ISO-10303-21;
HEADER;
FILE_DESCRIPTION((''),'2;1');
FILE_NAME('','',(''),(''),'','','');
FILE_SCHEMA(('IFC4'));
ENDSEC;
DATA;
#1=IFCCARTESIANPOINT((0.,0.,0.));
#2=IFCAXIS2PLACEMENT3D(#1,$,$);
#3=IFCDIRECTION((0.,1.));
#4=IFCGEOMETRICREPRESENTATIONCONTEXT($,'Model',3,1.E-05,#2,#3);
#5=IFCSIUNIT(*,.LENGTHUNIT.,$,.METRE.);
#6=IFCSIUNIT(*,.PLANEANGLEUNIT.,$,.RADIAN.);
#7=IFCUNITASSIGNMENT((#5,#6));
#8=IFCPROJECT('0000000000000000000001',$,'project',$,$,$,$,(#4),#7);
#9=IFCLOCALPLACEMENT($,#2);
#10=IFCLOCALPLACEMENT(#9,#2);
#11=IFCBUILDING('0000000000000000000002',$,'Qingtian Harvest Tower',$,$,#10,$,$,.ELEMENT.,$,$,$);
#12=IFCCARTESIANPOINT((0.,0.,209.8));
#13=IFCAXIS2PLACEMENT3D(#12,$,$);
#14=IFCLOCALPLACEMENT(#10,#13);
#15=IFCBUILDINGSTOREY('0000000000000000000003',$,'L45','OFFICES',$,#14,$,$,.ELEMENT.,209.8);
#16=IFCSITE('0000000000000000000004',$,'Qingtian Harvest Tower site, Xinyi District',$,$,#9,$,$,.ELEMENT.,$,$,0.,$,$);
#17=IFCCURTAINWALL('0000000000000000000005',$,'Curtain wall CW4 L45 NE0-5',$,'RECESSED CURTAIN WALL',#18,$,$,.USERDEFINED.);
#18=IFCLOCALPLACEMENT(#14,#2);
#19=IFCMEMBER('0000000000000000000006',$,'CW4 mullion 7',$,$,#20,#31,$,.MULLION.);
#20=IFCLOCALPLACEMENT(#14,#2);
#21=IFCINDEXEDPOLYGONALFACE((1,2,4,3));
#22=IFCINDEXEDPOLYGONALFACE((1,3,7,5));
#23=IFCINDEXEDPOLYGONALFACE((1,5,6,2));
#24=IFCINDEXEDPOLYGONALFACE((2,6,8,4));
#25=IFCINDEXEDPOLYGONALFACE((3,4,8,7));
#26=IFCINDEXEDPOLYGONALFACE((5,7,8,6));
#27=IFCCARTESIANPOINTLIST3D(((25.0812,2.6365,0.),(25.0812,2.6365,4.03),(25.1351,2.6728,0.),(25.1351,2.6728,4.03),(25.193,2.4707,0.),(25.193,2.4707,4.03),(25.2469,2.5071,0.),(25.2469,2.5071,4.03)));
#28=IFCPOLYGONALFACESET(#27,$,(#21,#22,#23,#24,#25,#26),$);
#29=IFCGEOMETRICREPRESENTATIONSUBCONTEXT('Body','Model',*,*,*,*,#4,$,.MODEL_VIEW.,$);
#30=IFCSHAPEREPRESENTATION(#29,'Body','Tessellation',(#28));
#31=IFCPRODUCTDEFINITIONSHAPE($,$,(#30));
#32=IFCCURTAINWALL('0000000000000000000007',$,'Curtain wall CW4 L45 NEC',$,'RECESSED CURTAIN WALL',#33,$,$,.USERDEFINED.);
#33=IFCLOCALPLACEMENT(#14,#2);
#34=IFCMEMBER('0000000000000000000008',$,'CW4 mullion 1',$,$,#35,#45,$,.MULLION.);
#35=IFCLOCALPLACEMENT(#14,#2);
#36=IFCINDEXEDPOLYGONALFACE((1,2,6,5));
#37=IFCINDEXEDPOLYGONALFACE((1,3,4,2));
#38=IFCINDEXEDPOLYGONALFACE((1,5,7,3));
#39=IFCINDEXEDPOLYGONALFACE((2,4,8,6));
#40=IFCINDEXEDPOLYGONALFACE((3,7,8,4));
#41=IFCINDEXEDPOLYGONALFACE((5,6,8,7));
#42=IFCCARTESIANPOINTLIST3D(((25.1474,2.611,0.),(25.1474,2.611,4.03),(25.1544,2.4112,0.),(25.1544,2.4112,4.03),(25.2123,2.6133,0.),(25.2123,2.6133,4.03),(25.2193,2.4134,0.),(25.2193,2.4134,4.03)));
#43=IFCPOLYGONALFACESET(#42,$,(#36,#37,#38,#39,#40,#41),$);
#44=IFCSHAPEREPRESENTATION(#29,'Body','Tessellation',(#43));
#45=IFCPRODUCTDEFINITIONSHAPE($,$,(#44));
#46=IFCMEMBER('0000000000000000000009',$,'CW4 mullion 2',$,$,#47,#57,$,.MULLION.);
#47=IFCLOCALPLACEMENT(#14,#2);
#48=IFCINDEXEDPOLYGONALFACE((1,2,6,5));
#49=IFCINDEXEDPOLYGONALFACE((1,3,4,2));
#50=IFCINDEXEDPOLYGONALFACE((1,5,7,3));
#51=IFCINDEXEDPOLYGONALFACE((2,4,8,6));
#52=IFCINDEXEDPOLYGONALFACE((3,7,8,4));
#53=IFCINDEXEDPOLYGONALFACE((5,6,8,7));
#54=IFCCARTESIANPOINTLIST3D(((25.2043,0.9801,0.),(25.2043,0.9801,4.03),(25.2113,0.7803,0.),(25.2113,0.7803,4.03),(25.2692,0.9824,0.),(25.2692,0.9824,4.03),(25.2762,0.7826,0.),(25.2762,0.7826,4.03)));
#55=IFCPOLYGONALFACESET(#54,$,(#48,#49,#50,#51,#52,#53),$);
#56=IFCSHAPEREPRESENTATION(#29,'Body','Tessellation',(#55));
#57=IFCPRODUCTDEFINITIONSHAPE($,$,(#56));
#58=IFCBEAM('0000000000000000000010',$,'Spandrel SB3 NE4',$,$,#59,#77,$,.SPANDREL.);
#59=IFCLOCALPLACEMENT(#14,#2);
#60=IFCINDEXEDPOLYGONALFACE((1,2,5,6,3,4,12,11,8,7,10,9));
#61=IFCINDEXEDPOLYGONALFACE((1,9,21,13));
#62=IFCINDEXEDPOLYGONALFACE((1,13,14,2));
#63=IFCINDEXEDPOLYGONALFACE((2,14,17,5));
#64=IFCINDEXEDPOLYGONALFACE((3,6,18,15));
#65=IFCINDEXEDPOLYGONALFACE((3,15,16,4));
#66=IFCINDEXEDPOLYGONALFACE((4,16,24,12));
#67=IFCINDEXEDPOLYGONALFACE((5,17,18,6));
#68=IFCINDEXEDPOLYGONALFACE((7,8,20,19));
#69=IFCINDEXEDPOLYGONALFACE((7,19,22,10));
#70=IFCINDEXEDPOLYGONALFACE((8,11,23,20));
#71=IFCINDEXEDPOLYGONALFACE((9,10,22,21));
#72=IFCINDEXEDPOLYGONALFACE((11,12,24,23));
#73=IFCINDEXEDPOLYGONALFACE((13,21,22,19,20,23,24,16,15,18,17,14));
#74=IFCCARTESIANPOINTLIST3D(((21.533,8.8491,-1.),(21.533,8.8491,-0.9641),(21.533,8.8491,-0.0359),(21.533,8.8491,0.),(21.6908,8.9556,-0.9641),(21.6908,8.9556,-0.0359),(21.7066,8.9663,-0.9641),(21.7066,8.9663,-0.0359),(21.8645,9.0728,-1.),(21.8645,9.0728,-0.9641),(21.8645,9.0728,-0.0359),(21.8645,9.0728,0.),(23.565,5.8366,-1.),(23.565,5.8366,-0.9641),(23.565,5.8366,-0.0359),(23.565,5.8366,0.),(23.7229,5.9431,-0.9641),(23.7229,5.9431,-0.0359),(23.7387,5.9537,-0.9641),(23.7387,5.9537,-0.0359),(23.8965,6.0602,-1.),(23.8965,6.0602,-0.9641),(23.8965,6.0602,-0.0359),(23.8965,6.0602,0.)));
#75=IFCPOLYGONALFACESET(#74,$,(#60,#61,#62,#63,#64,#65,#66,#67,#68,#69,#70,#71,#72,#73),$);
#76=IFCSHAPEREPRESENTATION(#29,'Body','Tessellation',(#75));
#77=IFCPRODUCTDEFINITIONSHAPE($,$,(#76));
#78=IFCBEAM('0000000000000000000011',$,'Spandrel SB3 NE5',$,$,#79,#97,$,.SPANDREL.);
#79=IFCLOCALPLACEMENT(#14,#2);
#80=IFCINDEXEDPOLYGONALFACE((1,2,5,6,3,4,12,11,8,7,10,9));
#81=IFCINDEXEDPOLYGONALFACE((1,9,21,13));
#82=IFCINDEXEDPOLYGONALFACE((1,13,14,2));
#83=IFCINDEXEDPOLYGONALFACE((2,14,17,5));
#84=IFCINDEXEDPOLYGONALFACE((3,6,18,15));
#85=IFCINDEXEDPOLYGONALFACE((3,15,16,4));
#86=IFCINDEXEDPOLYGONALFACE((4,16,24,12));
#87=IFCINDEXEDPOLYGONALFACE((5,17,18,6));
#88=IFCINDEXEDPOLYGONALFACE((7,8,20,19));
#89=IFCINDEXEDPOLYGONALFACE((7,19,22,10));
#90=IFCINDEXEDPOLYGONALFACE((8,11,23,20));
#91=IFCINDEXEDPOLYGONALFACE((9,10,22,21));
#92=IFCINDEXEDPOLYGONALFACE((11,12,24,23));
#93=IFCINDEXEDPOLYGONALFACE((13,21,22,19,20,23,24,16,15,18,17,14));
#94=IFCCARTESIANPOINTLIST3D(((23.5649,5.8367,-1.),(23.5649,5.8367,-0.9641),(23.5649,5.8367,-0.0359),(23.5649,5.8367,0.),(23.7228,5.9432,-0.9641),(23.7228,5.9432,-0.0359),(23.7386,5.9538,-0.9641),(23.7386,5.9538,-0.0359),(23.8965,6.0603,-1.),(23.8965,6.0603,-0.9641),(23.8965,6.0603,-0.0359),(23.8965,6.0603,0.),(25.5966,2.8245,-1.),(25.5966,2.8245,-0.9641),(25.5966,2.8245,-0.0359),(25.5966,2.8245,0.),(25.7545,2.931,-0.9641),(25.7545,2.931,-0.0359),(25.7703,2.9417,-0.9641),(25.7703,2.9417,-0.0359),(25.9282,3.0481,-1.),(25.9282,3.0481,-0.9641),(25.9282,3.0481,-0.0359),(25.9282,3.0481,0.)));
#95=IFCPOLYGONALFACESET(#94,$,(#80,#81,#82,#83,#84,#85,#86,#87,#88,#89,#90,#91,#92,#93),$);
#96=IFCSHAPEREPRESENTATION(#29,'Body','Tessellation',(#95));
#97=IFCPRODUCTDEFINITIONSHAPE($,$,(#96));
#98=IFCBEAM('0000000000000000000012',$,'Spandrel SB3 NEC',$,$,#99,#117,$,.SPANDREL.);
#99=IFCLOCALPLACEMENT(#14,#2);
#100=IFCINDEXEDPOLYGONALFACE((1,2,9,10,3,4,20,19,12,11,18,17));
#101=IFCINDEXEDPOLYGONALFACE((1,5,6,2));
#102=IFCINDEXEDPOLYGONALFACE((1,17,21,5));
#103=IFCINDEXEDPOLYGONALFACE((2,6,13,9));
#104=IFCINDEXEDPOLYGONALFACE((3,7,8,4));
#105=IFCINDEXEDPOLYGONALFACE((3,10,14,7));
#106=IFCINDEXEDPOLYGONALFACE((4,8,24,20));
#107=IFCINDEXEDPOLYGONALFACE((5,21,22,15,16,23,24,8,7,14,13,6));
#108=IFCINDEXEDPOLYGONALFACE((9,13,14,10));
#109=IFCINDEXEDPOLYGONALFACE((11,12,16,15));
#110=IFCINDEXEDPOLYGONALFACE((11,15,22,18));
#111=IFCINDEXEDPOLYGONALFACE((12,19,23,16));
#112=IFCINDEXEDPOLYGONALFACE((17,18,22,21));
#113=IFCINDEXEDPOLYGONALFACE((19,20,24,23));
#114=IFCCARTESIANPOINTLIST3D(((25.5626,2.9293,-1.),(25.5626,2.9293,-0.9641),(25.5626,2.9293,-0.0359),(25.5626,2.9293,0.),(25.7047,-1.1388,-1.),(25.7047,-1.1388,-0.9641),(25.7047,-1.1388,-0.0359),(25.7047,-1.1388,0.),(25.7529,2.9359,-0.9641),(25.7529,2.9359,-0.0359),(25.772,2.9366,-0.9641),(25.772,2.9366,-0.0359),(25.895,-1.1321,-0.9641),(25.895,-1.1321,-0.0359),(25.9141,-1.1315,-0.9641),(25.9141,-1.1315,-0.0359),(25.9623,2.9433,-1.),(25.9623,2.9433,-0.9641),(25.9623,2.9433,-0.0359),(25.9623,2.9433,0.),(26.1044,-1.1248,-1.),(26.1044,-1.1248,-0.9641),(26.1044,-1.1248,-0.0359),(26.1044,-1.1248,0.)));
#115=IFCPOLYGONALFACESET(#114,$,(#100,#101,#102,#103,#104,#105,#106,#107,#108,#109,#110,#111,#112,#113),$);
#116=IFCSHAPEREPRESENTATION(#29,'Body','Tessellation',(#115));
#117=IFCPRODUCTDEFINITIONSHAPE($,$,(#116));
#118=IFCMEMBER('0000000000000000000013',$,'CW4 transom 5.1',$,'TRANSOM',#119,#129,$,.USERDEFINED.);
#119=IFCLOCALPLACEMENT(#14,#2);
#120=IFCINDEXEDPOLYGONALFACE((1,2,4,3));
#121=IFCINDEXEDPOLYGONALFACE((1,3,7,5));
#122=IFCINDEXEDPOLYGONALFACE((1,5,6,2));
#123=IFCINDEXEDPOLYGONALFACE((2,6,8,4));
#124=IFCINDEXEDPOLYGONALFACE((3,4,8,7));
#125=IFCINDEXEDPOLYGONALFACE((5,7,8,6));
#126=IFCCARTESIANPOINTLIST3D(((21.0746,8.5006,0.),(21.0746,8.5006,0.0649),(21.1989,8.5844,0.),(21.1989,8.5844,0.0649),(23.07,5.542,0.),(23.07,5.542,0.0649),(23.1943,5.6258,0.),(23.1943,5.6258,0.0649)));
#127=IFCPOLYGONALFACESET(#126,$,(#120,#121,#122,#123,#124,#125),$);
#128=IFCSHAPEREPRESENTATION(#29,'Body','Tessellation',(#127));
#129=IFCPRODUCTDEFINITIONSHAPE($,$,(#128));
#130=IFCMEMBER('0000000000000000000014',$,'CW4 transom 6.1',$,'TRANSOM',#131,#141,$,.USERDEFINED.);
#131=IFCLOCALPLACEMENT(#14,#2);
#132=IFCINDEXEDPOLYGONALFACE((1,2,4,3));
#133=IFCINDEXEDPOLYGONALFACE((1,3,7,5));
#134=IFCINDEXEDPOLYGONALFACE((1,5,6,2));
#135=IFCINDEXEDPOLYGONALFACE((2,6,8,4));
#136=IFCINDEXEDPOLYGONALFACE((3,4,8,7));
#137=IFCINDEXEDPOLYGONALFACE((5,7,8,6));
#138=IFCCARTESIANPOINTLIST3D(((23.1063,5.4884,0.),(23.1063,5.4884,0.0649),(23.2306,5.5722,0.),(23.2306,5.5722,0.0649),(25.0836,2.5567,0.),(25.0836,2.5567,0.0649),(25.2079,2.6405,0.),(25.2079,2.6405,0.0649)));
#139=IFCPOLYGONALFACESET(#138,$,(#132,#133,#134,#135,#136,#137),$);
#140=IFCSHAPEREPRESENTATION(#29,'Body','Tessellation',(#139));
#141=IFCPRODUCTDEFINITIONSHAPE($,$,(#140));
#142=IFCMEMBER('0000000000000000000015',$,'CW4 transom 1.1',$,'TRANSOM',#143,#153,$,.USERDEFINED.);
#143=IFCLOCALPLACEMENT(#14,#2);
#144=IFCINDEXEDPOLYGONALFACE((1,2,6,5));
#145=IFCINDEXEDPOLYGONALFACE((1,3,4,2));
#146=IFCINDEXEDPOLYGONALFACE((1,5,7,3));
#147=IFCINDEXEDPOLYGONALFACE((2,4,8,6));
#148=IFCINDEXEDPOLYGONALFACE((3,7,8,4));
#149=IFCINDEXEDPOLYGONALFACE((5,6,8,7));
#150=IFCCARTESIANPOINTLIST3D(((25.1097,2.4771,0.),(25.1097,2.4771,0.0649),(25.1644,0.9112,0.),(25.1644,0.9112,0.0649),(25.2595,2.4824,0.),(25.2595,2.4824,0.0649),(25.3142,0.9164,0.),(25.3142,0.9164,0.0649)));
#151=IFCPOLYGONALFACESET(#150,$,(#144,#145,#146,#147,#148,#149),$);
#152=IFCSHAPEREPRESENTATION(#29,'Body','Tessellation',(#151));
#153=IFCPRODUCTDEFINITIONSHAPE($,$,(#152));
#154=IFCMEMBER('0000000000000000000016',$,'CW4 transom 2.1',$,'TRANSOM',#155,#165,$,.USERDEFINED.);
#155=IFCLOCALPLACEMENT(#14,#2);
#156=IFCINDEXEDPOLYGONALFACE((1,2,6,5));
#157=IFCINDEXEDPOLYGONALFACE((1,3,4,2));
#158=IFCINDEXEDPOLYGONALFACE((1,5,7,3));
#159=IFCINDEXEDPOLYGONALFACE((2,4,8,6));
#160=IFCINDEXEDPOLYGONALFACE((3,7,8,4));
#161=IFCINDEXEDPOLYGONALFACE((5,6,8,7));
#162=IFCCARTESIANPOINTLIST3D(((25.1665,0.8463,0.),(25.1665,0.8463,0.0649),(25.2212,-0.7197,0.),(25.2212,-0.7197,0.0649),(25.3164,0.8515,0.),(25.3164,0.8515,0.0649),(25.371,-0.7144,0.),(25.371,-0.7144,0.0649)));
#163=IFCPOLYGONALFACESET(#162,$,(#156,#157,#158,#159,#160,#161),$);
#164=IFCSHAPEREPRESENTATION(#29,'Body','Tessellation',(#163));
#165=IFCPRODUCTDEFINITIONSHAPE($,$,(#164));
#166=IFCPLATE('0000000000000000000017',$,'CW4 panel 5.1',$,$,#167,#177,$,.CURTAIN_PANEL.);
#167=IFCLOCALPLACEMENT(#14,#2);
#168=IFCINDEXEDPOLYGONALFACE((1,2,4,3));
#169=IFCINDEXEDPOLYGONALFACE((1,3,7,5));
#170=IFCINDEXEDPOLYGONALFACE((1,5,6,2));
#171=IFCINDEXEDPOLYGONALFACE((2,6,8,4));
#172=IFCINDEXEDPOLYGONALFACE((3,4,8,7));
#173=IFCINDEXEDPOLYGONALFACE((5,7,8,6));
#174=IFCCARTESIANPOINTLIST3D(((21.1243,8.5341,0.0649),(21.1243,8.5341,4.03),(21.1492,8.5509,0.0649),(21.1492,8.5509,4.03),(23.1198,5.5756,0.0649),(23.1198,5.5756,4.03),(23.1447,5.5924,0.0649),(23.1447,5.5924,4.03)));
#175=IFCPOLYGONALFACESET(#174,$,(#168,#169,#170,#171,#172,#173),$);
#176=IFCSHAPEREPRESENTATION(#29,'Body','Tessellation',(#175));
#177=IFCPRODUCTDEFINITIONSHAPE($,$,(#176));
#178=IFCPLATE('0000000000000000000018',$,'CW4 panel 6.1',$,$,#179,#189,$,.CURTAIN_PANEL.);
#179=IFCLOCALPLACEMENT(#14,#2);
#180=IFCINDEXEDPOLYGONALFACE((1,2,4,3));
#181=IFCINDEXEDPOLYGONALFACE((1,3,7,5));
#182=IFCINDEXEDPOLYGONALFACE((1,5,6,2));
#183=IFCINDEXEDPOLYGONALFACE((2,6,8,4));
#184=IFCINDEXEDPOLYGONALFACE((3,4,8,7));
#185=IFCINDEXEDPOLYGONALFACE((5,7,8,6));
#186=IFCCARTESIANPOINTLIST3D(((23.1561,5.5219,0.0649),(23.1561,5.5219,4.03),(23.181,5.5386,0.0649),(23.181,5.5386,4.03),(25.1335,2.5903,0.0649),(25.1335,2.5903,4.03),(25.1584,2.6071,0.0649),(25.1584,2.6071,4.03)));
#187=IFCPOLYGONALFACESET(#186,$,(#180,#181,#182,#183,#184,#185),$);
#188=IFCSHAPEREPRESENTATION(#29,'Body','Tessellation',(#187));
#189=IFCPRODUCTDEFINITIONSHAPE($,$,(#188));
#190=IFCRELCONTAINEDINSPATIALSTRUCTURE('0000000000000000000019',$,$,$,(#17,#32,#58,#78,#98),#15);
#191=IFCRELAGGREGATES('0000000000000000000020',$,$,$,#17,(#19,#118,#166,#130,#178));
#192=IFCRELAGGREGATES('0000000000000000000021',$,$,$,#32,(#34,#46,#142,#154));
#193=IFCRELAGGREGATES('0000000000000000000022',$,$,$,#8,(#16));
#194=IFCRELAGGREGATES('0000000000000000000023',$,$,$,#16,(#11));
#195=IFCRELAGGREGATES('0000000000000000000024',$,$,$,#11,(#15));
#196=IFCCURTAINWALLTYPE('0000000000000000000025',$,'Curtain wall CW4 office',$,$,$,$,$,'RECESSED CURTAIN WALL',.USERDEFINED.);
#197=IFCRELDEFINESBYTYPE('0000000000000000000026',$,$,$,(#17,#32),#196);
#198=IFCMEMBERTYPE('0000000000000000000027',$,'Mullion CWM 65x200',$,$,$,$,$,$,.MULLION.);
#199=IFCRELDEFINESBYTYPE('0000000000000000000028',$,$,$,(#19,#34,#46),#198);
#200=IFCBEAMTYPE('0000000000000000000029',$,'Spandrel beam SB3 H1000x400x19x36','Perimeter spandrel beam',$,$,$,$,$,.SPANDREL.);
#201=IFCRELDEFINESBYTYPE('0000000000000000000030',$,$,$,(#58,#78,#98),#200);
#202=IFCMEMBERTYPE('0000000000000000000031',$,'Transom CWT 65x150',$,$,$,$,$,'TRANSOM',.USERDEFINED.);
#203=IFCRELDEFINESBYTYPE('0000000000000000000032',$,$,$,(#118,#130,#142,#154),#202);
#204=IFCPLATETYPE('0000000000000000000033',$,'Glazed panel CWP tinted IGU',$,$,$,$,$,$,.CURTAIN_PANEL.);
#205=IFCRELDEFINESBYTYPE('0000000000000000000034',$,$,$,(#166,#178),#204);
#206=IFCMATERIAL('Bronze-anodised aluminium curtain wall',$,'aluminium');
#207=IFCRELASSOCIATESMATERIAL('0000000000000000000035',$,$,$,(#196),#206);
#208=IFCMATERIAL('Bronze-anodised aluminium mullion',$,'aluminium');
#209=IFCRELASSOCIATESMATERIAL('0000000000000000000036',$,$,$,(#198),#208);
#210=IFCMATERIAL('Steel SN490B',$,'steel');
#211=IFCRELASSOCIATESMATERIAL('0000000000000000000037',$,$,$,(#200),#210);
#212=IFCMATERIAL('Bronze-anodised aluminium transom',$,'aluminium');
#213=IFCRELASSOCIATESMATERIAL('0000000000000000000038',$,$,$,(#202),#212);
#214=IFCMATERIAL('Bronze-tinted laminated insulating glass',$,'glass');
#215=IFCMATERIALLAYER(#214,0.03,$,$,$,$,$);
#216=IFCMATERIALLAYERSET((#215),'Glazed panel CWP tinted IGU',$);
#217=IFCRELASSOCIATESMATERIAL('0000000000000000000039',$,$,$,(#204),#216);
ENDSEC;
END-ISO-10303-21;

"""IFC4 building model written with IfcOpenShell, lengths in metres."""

from ifc_helpers import new_model, si_unit, direction, frame, origin, origin_2d, place, context, subcontext, project, spatial, rectangle, i_section, extrude, material, layer, layer_set, material_profile, profile_set, type_object, element, aggregate, save


model = new_model("IFC4")

# Units and contexts
model_context = context("Model", 3, precision=1e-05, world=origin(), true_north=direction((0.0, 1.0)))
body_context = subcontext(model_context, "Body", "Model", "MODEL_VIEW")
ifc_project = project(units=[si_unit("LENGTHUNIT", "METRE"), si_unit("PLANEANGLEUNIT", "RADIAN")], contexts=[model_context])

# Site, building, storey
site_placement = place(None, origin())
site = spatial("IfcSite", under=ifc_project, at=site_placement, Name="Qingtian Harvest Tower site, Xinyi District", CompositionType="ELEMENT", RefElevation=0.0)
building_placement = place(site_placement, origin())
building = spatial("IfcBuilding", under=site, at=building_placement, Name="Qingtian Harvest Tower", CompositionType="ELEMENT")
storey_placement = place(building_placement, frame((0.0, 0.0, 209.8)))
storey = spatial("IfcBuildingStorey", under=building, at=storey_placement, Name="L45", Description="OFFICES", CompositionType="ELEMENT", Elevation=209.8)

# Curtain walls, members
ifc_material_1 = material(Name="Bronze-anodised aluminium curtain wall", Category="aluminium")
curtain_wall_type = type_object("IfcCurtainWallType", Name="Curtain wall CW4 office", ElementType="RECESSED CURTAIN WALL", PredefinedType="USERDEFINED", material=ifc_material_1)
curtain_wall_1_placement = place(storey_placement, origin())
curtain_wall_1 = element("IfcCurtainWall", 1, at=curtain_wall_1_placement, inside=storey, type_object=curtain_wall_type, Name="Curtain wall CW4 L45 NE0-5", ObjectType="RECESSED CURTAIN WALL", PredefinedType="USERDEFINED")
ifc_material_2 = material(Name="Bronze-anodised aluminium mullion", Category="aluminium")
ifc_material_profile_1 = material_profile(ifc_material_2, rectangle(XDim=0.0649, YDim=0.2, at=origin_2d()), Name="AL 65x200")
ifc_profile_set_1 = profile_set([ifc_material_profile_1], Name="Bronze-anodised aluminium mullion")
member_type_1 = type_object("IfcMemberType", Name="Mullion CWM 65x200", PredefinedType="MULLION", material=ifc_profile_set_1)
member_1_placement = place(storey_placement, frame((25.1641, 2.5718, 0.0), z_axis=(0.0, 0.0, 1.0), x_axis=(0.829038, 0.559193, 0.0)))
member_1 = element("IfcMember", 2, at=member_1_placement, type_object=member_type_1, Name="CW4 mullion 7", PredefinedType="MULLION", context=body_context, shape_type="SweptSolid", body=[
    extrude(rectangle(XDim=0.0649, YDim=0.2, at=origin_2d()), origin(), (0.0, 0.0, 1.0), 4.03),
])
curtain_wall_2_placement = place(storey_placement, origin())
curtain_wall_2 = element("IfcCurtainWall", 3, at=curtain_wall_2_placement, inside=storey, type_object=curtain_wall_type, Name="Curtain wall CW4 L45 NEC", ObjectType="RECESSED CURTAIN WALL", PredefinedType="USERDEFINED")
member_2_placement = place(storey_placement, frame((25.1833, 2.5122, 0.0), z_axis=(0.0, 0.0, 1.0), x_axis=(0.999391, 0.034899, 0.0)))
member_2 = element("IfcMember", 4, at=member_2_placement, type_object=member_type_1, Name="CW4 mullion 1", PredefinedType="MULLION", context=body_context, shape_type="SweptSolid", body=[
    extrude(rectangle(XDim=0.0649, YDim=0.2, at=origin_2d()), origin(), (0.0, 0.0, 1.0), 4.03),
])
member_3_placement = place(storey_placement, frame((25.2402, 0.8813, 0.0), z_axis=(0.0, 0.0, 1.0), x_axis=(0.999391, 0.034899, 0.0)))
member_3 = element("IfcMember", 5, at=member_3_placement, type_object=member_type_1, Name="CW4 mullion 2", PredefinedType="MULLION", context=body_context, shape_type="SweptSolid", body=[
    extrude(rectangle(XDim=0.0649, YDim=0.2, at=origin_2d()), origin(), (0.0, 0.0, 1.0), 4.03),
])

# Beams
ifc_material_3 = material(Name="Steel SN490B", Category="steel")
ifc_material_profile_2 = material_profile(ifc_material_3, i_section(OverallWidth=0.3999, OverallDepth=1.0, WebThickness=0.019, FlangeThickness=0.0359, at=origin_2d()), Name="H1000x400x19x36")
ifc_profile_set_2 = profile_set([ifc_material_profile_2], Name="Steel SN490B")
beam_type_1 = type_object("IfcBeamType", Name="Spandrel beam SB3 H1000x400x19x36", Description="Perimeter spandrel beam", PredefinedType="SPANDREL", material=ifc_profile_set_2)
beam_1_placement = place(storey_placement, frame((21.6987, 8.9609, -0.5), z_axis=(0.559204, -0.82903, 0.0), x_axis=(0.82903, 0.559204, 0.0)))
element("IfcBeam", 6, at=beam_1_placement, inside=storey, type_object=beam_type_1, Name="Spandrel SB3 NE4", PredefinedType="SPANDREL", context=body_context, shape_type="SweptSolid", body=[
    extrude(i_section(OverallWidth=0.3999, OverallDepth=1.0, WebThickness=0.019, FlangeThickness=0.0359, at=origin_2d()), origin(), (0.0, 0.0, 1.0), 3.6338),
])
beam_2_placement = place(storey_placement, frame((23.7307, 5.9485, -0.5), z_axis=(0.559189, -0.82904, 0.0), x_axis=(0.82904, 0.559189, 0.0)))
element("IfcBeam", 7, at=beam_2_placement, inside=storey, type_object=beam_type_1, Name="Spandrel SB3 NE5", PredefinedType="SPANDREL", context=body_context, shape_type="SweptSolid", body=[
    extrude(i_section(OverallWidth=0.3999, OverallDepth=1.0, WebThickness=0.019, FlangeThickness=0.0359, at=origin_2d()), origin(), (0.0, 0.0, 1.0), 3.6333),
])
beam_3_placement = place(storey_placement, frame((25.7625, 2.9363, -0.5), z_axis=(0.034906, -0.999391, 0.0), x_axis=(0.999391, 0.034906, 0.0)))
element("IfcBeam", 8, at=beam_3_placement, inside=storey, type_object=beam_type_1, Name="Spandrel SB3 NEC", PredefinedType="SPANDREL", context=body_context, shape_type="SweptSolid", body=[
    extrude(i_section(OverallWidth=0.3999, OverallDepth=1.0, WebThickness=0.019, FlangeThickness=0.0359, at=origin_2d()), origin(), (0.0, 0.0, 1.0), 4.0706),
])

# Members
ifc_material_4 = material(Name="Bronze-anodised aluminium transom", Category="aluminium")
ifc_material_profile_3 = material_profile(ifc_material_4, rectangle(XDim=0.1499, YDim=0.0649, at=origin_2d()), Name="AL 65x150")
ifc_profile_set_3 = profile_set([ifc_material_profile_3], Name="Bronze-anodised aluminium transom")
member_type_2 = type_object("IfcMemberType", Name="Transom CWT 65x150", ElementType="TRANSOM", PredefinedType="USERDEFINED", material=ifc_profile_set_3)
member_4_placement = place(storey_placement, frame((21.1367, 8.5425, 0.0325), z_axis=(0.55916, -0.82906, 0.0), x_axis=(0.82906, 0.55916, 0.0)))
member_4 = element("IfcMember", 9, at=member_4_placement, type_object=member_type_2, Name="CW4 transom 5.1", ObjectType="TRANSOM", PredefinedType="USERDEFINED", context=body_context, shape_type="SweptSolid", body=[
    extrude(rectangle(XDim=0.1499, YDim=0.0649, at=origin_2d()), origin(), (0.0, 0.0, 1.0), 3.5686),
])
member_5_placement = place(storey_placement, frame((23.1685, 5.5303, 0.0325), z_axis=(0.559169, -0.829054, 0.0), x_axis=(0.829054, 0.559169, 0.0)))
member_5 = element("IfcMember", 10, at=member_5_placement, type_object=member_type_2, Name="CW4 transom 6.1", ObjectType="TRANSOM", PredefinedType="USERDEFINED", context=body_context, shape_type="SweptSolid", body=[
    extrude(rectangle(XDim=0.1499, YDim=0.0649, at=origin_2d()), origin(), (0.0, 0.0, 1.0), 3.5361),
])
member_6_placement = place(storey_placement, frame((25.1846, 2.4797, 0.0325), z_axis=(0.034902, -0.999391, 0.0), x_axis=(0.999391, 0.034902, 0.0)))
member_6 = element("IfcMember", 11, at=member_6_placement, type_object=member_type_2, Name="CW4 transom 1.1", ObjectType="TRANSOM", PredefinedType="USERDEFINED", context=body_context, shape_type="SweptSolid", body=[
    extrude(rectangle(XDim=0.1499, YDim=0.0649, at=origin_2d()), origin(), (0.0, 0.0, 1.0), 1.5669),
])
member_7_placement = place(storey_placement, frame((25.2415, 0.8489, 0.0325), z_axis=(0.034902, -0.999391, 0.0), x_axis=(0.999391, 0.034902, 0.0)))
member_7 = element("IfcMember", 12, at=member_7_placement, type_object=member_type_2, Name="CW4 transom 2.1", ObjectType="TRANSOM", PredefinedType="USERDEFINED", context=body_context, shape_type="SweptSolid", body=[
    extrude(rectangle(XDim=0.1499, YDim=0.0649, at=origin_2d()), origin(), (0.0, 0.0, 1.0), 1.5669),
])

# Plates
ifc_material_5 = material(Name="Bronze-tinted laminated insulating glass", Category="glass")
ifc_layer_1 = layer(ifc_material_5, 0.03)
ifc_layer_set_1 = layer_set([ifc_layer_1], Name="Glazed panel CWP tinted IGU")
plate_type = type_object("IfcPlateType", Name="Glazed panel CWP tinted IGU", PredefinedType="CURTAIN_PANEL", material=ifc_layer_set_1)
plate_1_placement = place(storey_placement, frame((22.1345, 7.0632, 0.0649), z_axis=(0.0, 0.0, 1.0), x_axis=(0.559193, -0.829038, 0.0)))
plate_1 = element("IfcPlate", 13, at=plate_1_placement, type_object=plate_type, Name="CW4 panel 5.1", PredefinedType="CURTAIN_PANEL", context=body_context, shape_type="SweptSolid", body=[
    extrude(rectangle(XDim=3.5686, YDim=0.03, at=origin_2d()), origin(), (0.0, 0.0, 1.0), 3.9651),
])
plate_2_placement = place(storey_placement, frame((24.1572, 4.0645, 0.0649), z_axis=(0.0, 0.0, 1.0), x_axis=(0.559193, -0.829038, 0.0)))
plate_2 = element("IfcPlate", 14, at=plate_2_placement, type_object=plate_type, Name="CW4 panel 6.1", PredefinedType="CURTAIN_PANEL", context=body_context, shape_type="SweptSolid", body=[
    extrude(rectangle(XDim=3.5361, YDim=0.03, at=origin_2d()), origin(), (0.0, 0.0, 1.0), 3.9651),
])
aggregate(curtain_wall_1, [member_1, member_4, plate_1, member_5, plate_2])
aggregate(curtain_wall_2, [member_2, member_3, member_6, member_7])

save(model, "model.ifc")
